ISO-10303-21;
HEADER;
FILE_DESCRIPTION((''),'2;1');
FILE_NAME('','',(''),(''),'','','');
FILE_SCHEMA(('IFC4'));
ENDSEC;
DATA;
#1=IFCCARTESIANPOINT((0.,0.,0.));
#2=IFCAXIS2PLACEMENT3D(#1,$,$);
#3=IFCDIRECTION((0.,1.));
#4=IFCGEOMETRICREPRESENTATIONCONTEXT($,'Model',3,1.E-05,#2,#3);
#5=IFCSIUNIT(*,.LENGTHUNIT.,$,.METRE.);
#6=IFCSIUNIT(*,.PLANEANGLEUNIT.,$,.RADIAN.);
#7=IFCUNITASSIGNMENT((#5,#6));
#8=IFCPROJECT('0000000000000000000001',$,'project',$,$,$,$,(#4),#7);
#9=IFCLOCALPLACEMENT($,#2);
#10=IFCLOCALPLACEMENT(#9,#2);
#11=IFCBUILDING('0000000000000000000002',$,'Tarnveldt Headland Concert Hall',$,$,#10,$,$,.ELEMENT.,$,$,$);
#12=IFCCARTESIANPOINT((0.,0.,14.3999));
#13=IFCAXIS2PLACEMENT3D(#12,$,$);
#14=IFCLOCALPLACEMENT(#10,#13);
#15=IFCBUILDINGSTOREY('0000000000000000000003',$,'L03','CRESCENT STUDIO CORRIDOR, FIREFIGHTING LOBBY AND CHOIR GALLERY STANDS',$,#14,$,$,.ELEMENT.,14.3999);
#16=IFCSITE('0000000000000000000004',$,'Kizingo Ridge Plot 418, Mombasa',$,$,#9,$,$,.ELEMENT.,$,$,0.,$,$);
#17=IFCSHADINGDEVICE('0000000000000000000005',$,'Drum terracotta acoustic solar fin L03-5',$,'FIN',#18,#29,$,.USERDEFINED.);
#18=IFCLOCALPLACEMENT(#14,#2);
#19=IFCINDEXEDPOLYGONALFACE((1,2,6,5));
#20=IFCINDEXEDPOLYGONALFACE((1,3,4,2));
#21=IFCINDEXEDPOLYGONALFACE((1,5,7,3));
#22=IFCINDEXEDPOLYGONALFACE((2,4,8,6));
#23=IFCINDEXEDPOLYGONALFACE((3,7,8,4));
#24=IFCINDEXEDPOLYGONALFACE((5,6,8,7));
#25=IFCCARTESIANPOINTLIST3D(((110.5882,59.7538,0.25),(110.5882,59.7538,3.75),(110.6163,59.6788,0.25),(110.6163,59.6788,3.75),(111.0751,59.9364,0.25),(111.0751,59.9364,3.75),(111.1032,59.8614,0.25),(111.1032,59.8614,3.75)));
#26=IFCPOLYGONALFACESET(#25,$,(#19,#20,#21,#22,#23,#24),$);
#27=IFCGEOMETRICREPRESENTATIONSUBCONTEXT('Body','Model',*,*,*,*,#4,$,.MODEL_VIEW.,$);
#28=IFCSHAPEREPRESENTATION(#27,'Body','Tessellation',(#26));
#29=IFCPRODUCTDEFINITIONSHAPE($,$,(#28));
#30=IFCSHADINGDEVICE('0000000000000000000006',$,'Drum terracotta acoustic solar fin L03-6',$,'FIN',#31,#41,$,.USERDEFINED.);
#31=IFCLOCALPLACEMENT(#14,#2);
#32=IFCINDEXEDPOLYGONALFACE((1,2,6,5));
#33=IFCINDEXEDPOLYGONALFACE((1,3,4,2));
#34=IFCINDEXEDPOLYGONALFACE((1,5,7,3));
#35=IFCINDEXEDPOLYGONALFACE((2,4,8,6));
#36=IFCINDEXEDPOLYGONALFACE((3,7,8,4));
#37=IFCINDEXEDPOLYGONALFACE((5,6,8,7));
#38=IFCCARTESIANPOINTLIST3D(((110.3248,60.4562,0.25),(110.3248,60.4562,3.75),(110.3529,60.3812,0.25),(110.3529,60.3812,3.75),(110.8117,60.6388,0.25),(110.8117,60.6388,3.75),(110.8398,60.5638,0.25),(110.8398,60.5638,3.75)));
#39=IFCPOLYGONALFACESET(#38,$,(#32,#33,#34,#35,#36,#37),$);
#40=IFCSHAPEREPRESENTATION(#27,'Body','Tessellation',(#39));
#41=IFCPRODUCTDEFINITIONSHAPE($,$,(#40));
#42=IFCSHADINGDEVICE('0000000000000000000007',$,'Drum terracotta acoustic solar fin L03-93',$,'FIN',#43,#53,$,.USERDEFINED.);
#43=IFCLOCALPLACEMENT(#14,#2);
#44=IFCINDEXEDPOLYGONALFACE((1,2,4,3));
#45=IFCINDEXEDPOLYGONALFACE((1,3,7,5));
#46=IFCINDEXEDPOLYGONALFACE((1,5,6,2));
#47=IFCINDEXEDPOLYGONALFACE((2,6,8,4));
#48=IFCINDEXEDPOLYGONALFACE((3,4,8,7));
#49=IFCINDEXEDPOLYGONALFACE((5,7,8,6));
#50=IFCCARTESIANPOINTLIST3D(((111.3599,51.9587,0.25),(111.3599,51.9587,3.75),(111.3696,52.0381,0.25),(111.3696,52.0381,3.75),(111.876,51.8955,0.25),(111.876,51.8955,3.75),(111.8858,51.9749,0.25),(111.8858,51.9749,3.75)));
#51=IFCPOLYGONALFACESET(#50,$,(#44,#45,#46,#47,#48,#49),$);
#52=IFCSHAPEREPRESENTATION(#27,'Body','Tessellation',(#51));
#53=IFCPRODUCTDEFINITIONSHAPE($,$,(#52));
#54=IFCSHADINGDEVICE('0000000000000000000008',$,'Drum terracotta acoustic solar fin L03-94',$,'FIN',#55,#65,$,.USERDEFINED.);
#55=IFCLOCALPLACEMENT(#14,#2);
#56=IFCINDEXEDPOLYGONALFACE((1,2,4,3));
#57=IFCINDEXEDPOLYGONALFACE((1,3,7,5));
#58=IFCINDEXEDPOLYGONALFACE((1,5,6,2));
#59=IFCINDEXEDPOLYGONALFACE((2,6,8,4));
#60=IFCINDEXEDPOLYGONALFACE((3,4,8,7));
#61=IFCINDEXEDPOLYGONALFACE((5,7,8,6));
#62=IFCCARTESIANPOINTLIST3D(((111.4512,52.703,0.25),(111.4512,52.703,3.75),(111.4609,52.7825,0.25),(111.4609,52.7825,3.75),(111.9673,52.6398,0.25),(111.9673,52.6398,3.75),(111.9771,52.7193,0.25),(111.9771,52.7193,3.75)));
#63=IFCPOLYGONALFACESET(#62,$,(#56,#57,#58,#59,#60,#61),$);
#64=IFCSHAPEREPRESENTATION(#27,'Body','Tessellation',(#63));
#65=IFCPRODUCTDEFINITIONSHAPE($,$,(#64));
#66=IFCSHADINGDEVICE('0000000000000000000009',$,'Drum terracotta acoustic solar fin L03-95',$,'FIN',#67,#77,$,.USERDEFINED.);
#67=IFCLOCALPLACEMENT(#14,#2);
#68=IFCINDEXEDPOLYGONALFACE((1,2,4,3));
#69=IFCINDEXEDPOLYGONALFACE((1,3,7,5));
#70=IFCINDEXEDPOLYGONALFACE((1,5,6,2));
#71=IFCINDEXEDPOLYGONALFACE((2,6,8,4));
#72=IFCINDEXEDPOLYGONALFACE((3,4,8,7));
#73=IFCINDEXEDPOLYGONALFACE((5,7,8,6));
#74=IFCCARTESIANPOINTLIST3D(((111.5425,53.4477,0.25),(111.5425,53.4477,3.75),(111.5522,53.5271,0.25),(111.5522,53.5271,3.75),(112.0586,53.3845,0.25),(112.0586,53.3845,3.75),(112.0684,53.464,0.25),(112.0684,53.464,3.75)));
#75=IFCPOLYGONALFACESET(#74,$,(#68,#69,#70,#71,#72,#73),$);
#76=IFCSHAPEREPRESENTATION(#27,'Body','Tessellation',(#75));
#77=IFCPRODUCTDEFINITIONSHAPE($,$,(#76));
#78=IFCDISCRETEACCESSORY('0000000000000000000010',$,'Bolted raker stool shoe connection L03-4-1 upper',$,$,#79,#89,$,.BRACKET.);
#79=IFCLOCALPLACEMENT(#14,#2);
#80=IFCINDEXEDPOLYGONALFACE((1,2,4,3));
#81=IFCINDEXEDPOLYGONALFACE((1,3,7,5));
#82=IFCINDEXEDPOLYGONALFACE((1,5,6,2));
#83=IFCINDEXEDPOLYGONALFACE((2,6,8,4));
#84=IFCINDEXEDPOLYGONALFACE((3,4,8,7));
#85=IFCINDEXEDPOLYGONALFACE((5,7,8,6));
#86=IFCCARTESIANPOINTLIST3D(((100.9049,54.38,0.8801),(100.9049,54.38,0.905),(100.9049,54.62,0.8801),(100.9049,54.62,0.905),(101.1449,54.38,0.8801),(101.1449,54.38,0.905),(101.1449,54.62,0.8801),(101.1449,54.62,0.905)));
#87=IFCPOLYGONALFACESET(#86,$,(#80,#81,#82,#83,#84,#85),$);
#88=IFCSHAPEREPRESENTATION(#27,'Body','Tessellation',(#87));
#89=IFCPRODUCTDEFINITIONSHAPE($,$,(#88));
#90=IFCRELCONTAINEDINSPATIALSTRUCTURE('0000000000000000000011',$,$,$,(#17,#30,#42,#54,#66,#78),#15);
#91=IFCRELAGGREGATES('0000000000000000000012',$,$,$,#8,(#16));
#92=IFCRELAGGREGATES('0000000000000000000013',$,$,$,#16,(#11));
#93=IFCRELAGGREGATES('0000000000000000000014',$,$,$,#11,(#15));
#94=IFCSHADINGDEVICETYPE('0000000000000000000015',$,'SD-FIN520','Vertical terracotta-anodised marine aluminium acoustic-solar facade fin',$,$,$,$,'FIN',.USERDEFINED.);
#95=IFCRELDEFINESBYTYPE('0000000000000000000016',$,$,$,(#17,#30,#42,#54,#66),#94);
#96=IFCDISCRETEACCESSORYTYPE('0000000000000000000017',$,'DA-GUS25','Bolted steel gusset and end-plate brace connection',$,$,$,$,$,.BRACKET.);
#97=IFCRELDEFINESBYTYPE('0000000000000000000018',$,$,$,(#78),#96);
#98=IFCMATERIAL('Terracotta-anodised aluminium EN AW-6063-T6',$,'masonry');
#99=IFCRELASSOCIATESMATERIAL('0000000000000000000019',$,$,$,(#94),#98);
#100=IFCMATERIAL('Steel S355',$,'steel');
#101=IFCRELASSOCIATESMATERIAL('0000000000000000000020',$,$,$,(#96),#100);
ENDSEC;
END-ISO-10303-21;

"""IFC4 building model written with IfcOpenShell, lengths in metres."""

from ifc_helpers import new_model, si_unit, direction, frame, origin, origin_2d, place, context, subcontext, project, spatial, rectangle, extrude, material, type_object, element, save


model = new_model("IFC4")

# Units and contexts
model_context = context("Model", 3, precision=1e-05, world=origin(), true_north=direction((0.0, 1.0)))
body_context = subcontext(model_context, "Body", "Model", "MODEL_VIEW")
ifc_project = project(units=[si_unit("LENGTHUNIT", "METRE"), si_unit("PLANEANGLEUNIT", "RADIAN")], contexts=[model_context])

# Site, building, storey
site_placement = place(None, origin())
site = spatial("IfcSite", under=ifc_project, at=site_placement, Name="Kizingo Ridge Plot 418, Mombasa", CompositionType="ELEMENT", RefElevation=0.0)
building_placement = place(site_placement, origin())
building = spatial("IfcBuilding", under=site, at=building_placement, Name="Tarnveldt Headland Concert Hall", CompositionType="ELEMENT")
storey_placement = place(building_placement, frame((0.0, 0.0, 14.3999)))
storey = spatial("IfcBuildingStorey", under=building, at=storey_placement, Name="L03", Description="CRESCENT STUDIO CORRIDOR, FIREFIGHTING LOBBY AND CHOIR GALLERY STANDS", CompositionType="ELEMENT", Elevation=14.3999)

# Shared definitions
ifc_material_1 = material(Name="Steel S355", Category="steel")

# Shading devices
ifc_material_2 = material(Name="Terracotta-anodised aluminium EN AW-6063-T6", Category="masonry")
shading_device_type = type_object("IfcShadingDeviceType", Name="SD-FIN520", Description="Vertical terracotta-anodised marine aluminium acoustic-solar facade fin", ElementType="FIN", PredefinedType="USERDEFINED", material=ifc_material_2)
for number, where, z_axis, x_axis, name in (
    (1, (110.8457, 59.8076, 0.25), (0.0, 0.0, 1.0), (0.936305, 0.351188, 0.0), "Drum terracotta acoustic solar fin L03-5"),
    (2, (110.5823, 60.51, 0.25), (0.0, 0.0, 1.0), (0.936305, 0.351188, 0.0), "Drum terracotta acoustic solar fin L03-6"),
    (3, (111.6228, 51.9668, 0.25), (0.0, 0.0, 1.0), (0.992589, -0.121523, 0.0), "Drum terracotta acoustic solar fin L03-93"),
    (4, (111.7141, 52.7112, 0.25), (0.0, 0.0, 1.0), (0.992589, -0.121523, 0.0), "Drum terracotta acoustic solar fin L03-94"),
    (5, (111.8054, 53.4558, 0.25), (0.0, 0.0, 1.0), (0.992589, -0.121523, 0.0), "Drum terracotta acoustic solar fin L03-95"),
):
    element("IfcShadingDevice", number, at=place(storey_placement, frame(where, z_axis=z_axis, x_axis=x_axis)), inside=storey, type_object=shading_device_type, Name=name, ObjectType="FIN", PredefinedType="USERDEFINED", context=body_context, shape_type="SweptSolid", body=[
        extrude(rectangle(XDim=0.52, YDim=0.0801, at=origin_2d()), origin(), (0.0, 0.0, 1.0), 3.5),
    ])

# Discrete accessory
discrete_accessory_type = type_object("IfcDiscreteAccessoryType", Name="DA-GUS25", Description="Bolted steel gusset and end-plate brace connection", PredefinedType="BRACKET", material=ifc_material_1)
discrete_accessory_placement = place(storey_placement, frame((101.0249, 54.5, 0.8801), z_axis=(0.0, 0.0, 1.0), x_axis=(1.0, 0.0, 0.0)))
element("IfcDiscreteAccessory", 6, at=discrete_accessory_placement, inside=storey, type_object=discrete_accessory_type, Name="Bolted raker stool shoe connection L03-4-1 upper", PredefinedType="BRACKET", context=body_context, shape_type="SweptSolid", body=[
    extrude(rectangle(XDim=0.24, YDim=0.24, at=origin_2d()), origin(), (0.0, 0.0, 1.0), 0.0249),
])

save(model, "model.ifc")
